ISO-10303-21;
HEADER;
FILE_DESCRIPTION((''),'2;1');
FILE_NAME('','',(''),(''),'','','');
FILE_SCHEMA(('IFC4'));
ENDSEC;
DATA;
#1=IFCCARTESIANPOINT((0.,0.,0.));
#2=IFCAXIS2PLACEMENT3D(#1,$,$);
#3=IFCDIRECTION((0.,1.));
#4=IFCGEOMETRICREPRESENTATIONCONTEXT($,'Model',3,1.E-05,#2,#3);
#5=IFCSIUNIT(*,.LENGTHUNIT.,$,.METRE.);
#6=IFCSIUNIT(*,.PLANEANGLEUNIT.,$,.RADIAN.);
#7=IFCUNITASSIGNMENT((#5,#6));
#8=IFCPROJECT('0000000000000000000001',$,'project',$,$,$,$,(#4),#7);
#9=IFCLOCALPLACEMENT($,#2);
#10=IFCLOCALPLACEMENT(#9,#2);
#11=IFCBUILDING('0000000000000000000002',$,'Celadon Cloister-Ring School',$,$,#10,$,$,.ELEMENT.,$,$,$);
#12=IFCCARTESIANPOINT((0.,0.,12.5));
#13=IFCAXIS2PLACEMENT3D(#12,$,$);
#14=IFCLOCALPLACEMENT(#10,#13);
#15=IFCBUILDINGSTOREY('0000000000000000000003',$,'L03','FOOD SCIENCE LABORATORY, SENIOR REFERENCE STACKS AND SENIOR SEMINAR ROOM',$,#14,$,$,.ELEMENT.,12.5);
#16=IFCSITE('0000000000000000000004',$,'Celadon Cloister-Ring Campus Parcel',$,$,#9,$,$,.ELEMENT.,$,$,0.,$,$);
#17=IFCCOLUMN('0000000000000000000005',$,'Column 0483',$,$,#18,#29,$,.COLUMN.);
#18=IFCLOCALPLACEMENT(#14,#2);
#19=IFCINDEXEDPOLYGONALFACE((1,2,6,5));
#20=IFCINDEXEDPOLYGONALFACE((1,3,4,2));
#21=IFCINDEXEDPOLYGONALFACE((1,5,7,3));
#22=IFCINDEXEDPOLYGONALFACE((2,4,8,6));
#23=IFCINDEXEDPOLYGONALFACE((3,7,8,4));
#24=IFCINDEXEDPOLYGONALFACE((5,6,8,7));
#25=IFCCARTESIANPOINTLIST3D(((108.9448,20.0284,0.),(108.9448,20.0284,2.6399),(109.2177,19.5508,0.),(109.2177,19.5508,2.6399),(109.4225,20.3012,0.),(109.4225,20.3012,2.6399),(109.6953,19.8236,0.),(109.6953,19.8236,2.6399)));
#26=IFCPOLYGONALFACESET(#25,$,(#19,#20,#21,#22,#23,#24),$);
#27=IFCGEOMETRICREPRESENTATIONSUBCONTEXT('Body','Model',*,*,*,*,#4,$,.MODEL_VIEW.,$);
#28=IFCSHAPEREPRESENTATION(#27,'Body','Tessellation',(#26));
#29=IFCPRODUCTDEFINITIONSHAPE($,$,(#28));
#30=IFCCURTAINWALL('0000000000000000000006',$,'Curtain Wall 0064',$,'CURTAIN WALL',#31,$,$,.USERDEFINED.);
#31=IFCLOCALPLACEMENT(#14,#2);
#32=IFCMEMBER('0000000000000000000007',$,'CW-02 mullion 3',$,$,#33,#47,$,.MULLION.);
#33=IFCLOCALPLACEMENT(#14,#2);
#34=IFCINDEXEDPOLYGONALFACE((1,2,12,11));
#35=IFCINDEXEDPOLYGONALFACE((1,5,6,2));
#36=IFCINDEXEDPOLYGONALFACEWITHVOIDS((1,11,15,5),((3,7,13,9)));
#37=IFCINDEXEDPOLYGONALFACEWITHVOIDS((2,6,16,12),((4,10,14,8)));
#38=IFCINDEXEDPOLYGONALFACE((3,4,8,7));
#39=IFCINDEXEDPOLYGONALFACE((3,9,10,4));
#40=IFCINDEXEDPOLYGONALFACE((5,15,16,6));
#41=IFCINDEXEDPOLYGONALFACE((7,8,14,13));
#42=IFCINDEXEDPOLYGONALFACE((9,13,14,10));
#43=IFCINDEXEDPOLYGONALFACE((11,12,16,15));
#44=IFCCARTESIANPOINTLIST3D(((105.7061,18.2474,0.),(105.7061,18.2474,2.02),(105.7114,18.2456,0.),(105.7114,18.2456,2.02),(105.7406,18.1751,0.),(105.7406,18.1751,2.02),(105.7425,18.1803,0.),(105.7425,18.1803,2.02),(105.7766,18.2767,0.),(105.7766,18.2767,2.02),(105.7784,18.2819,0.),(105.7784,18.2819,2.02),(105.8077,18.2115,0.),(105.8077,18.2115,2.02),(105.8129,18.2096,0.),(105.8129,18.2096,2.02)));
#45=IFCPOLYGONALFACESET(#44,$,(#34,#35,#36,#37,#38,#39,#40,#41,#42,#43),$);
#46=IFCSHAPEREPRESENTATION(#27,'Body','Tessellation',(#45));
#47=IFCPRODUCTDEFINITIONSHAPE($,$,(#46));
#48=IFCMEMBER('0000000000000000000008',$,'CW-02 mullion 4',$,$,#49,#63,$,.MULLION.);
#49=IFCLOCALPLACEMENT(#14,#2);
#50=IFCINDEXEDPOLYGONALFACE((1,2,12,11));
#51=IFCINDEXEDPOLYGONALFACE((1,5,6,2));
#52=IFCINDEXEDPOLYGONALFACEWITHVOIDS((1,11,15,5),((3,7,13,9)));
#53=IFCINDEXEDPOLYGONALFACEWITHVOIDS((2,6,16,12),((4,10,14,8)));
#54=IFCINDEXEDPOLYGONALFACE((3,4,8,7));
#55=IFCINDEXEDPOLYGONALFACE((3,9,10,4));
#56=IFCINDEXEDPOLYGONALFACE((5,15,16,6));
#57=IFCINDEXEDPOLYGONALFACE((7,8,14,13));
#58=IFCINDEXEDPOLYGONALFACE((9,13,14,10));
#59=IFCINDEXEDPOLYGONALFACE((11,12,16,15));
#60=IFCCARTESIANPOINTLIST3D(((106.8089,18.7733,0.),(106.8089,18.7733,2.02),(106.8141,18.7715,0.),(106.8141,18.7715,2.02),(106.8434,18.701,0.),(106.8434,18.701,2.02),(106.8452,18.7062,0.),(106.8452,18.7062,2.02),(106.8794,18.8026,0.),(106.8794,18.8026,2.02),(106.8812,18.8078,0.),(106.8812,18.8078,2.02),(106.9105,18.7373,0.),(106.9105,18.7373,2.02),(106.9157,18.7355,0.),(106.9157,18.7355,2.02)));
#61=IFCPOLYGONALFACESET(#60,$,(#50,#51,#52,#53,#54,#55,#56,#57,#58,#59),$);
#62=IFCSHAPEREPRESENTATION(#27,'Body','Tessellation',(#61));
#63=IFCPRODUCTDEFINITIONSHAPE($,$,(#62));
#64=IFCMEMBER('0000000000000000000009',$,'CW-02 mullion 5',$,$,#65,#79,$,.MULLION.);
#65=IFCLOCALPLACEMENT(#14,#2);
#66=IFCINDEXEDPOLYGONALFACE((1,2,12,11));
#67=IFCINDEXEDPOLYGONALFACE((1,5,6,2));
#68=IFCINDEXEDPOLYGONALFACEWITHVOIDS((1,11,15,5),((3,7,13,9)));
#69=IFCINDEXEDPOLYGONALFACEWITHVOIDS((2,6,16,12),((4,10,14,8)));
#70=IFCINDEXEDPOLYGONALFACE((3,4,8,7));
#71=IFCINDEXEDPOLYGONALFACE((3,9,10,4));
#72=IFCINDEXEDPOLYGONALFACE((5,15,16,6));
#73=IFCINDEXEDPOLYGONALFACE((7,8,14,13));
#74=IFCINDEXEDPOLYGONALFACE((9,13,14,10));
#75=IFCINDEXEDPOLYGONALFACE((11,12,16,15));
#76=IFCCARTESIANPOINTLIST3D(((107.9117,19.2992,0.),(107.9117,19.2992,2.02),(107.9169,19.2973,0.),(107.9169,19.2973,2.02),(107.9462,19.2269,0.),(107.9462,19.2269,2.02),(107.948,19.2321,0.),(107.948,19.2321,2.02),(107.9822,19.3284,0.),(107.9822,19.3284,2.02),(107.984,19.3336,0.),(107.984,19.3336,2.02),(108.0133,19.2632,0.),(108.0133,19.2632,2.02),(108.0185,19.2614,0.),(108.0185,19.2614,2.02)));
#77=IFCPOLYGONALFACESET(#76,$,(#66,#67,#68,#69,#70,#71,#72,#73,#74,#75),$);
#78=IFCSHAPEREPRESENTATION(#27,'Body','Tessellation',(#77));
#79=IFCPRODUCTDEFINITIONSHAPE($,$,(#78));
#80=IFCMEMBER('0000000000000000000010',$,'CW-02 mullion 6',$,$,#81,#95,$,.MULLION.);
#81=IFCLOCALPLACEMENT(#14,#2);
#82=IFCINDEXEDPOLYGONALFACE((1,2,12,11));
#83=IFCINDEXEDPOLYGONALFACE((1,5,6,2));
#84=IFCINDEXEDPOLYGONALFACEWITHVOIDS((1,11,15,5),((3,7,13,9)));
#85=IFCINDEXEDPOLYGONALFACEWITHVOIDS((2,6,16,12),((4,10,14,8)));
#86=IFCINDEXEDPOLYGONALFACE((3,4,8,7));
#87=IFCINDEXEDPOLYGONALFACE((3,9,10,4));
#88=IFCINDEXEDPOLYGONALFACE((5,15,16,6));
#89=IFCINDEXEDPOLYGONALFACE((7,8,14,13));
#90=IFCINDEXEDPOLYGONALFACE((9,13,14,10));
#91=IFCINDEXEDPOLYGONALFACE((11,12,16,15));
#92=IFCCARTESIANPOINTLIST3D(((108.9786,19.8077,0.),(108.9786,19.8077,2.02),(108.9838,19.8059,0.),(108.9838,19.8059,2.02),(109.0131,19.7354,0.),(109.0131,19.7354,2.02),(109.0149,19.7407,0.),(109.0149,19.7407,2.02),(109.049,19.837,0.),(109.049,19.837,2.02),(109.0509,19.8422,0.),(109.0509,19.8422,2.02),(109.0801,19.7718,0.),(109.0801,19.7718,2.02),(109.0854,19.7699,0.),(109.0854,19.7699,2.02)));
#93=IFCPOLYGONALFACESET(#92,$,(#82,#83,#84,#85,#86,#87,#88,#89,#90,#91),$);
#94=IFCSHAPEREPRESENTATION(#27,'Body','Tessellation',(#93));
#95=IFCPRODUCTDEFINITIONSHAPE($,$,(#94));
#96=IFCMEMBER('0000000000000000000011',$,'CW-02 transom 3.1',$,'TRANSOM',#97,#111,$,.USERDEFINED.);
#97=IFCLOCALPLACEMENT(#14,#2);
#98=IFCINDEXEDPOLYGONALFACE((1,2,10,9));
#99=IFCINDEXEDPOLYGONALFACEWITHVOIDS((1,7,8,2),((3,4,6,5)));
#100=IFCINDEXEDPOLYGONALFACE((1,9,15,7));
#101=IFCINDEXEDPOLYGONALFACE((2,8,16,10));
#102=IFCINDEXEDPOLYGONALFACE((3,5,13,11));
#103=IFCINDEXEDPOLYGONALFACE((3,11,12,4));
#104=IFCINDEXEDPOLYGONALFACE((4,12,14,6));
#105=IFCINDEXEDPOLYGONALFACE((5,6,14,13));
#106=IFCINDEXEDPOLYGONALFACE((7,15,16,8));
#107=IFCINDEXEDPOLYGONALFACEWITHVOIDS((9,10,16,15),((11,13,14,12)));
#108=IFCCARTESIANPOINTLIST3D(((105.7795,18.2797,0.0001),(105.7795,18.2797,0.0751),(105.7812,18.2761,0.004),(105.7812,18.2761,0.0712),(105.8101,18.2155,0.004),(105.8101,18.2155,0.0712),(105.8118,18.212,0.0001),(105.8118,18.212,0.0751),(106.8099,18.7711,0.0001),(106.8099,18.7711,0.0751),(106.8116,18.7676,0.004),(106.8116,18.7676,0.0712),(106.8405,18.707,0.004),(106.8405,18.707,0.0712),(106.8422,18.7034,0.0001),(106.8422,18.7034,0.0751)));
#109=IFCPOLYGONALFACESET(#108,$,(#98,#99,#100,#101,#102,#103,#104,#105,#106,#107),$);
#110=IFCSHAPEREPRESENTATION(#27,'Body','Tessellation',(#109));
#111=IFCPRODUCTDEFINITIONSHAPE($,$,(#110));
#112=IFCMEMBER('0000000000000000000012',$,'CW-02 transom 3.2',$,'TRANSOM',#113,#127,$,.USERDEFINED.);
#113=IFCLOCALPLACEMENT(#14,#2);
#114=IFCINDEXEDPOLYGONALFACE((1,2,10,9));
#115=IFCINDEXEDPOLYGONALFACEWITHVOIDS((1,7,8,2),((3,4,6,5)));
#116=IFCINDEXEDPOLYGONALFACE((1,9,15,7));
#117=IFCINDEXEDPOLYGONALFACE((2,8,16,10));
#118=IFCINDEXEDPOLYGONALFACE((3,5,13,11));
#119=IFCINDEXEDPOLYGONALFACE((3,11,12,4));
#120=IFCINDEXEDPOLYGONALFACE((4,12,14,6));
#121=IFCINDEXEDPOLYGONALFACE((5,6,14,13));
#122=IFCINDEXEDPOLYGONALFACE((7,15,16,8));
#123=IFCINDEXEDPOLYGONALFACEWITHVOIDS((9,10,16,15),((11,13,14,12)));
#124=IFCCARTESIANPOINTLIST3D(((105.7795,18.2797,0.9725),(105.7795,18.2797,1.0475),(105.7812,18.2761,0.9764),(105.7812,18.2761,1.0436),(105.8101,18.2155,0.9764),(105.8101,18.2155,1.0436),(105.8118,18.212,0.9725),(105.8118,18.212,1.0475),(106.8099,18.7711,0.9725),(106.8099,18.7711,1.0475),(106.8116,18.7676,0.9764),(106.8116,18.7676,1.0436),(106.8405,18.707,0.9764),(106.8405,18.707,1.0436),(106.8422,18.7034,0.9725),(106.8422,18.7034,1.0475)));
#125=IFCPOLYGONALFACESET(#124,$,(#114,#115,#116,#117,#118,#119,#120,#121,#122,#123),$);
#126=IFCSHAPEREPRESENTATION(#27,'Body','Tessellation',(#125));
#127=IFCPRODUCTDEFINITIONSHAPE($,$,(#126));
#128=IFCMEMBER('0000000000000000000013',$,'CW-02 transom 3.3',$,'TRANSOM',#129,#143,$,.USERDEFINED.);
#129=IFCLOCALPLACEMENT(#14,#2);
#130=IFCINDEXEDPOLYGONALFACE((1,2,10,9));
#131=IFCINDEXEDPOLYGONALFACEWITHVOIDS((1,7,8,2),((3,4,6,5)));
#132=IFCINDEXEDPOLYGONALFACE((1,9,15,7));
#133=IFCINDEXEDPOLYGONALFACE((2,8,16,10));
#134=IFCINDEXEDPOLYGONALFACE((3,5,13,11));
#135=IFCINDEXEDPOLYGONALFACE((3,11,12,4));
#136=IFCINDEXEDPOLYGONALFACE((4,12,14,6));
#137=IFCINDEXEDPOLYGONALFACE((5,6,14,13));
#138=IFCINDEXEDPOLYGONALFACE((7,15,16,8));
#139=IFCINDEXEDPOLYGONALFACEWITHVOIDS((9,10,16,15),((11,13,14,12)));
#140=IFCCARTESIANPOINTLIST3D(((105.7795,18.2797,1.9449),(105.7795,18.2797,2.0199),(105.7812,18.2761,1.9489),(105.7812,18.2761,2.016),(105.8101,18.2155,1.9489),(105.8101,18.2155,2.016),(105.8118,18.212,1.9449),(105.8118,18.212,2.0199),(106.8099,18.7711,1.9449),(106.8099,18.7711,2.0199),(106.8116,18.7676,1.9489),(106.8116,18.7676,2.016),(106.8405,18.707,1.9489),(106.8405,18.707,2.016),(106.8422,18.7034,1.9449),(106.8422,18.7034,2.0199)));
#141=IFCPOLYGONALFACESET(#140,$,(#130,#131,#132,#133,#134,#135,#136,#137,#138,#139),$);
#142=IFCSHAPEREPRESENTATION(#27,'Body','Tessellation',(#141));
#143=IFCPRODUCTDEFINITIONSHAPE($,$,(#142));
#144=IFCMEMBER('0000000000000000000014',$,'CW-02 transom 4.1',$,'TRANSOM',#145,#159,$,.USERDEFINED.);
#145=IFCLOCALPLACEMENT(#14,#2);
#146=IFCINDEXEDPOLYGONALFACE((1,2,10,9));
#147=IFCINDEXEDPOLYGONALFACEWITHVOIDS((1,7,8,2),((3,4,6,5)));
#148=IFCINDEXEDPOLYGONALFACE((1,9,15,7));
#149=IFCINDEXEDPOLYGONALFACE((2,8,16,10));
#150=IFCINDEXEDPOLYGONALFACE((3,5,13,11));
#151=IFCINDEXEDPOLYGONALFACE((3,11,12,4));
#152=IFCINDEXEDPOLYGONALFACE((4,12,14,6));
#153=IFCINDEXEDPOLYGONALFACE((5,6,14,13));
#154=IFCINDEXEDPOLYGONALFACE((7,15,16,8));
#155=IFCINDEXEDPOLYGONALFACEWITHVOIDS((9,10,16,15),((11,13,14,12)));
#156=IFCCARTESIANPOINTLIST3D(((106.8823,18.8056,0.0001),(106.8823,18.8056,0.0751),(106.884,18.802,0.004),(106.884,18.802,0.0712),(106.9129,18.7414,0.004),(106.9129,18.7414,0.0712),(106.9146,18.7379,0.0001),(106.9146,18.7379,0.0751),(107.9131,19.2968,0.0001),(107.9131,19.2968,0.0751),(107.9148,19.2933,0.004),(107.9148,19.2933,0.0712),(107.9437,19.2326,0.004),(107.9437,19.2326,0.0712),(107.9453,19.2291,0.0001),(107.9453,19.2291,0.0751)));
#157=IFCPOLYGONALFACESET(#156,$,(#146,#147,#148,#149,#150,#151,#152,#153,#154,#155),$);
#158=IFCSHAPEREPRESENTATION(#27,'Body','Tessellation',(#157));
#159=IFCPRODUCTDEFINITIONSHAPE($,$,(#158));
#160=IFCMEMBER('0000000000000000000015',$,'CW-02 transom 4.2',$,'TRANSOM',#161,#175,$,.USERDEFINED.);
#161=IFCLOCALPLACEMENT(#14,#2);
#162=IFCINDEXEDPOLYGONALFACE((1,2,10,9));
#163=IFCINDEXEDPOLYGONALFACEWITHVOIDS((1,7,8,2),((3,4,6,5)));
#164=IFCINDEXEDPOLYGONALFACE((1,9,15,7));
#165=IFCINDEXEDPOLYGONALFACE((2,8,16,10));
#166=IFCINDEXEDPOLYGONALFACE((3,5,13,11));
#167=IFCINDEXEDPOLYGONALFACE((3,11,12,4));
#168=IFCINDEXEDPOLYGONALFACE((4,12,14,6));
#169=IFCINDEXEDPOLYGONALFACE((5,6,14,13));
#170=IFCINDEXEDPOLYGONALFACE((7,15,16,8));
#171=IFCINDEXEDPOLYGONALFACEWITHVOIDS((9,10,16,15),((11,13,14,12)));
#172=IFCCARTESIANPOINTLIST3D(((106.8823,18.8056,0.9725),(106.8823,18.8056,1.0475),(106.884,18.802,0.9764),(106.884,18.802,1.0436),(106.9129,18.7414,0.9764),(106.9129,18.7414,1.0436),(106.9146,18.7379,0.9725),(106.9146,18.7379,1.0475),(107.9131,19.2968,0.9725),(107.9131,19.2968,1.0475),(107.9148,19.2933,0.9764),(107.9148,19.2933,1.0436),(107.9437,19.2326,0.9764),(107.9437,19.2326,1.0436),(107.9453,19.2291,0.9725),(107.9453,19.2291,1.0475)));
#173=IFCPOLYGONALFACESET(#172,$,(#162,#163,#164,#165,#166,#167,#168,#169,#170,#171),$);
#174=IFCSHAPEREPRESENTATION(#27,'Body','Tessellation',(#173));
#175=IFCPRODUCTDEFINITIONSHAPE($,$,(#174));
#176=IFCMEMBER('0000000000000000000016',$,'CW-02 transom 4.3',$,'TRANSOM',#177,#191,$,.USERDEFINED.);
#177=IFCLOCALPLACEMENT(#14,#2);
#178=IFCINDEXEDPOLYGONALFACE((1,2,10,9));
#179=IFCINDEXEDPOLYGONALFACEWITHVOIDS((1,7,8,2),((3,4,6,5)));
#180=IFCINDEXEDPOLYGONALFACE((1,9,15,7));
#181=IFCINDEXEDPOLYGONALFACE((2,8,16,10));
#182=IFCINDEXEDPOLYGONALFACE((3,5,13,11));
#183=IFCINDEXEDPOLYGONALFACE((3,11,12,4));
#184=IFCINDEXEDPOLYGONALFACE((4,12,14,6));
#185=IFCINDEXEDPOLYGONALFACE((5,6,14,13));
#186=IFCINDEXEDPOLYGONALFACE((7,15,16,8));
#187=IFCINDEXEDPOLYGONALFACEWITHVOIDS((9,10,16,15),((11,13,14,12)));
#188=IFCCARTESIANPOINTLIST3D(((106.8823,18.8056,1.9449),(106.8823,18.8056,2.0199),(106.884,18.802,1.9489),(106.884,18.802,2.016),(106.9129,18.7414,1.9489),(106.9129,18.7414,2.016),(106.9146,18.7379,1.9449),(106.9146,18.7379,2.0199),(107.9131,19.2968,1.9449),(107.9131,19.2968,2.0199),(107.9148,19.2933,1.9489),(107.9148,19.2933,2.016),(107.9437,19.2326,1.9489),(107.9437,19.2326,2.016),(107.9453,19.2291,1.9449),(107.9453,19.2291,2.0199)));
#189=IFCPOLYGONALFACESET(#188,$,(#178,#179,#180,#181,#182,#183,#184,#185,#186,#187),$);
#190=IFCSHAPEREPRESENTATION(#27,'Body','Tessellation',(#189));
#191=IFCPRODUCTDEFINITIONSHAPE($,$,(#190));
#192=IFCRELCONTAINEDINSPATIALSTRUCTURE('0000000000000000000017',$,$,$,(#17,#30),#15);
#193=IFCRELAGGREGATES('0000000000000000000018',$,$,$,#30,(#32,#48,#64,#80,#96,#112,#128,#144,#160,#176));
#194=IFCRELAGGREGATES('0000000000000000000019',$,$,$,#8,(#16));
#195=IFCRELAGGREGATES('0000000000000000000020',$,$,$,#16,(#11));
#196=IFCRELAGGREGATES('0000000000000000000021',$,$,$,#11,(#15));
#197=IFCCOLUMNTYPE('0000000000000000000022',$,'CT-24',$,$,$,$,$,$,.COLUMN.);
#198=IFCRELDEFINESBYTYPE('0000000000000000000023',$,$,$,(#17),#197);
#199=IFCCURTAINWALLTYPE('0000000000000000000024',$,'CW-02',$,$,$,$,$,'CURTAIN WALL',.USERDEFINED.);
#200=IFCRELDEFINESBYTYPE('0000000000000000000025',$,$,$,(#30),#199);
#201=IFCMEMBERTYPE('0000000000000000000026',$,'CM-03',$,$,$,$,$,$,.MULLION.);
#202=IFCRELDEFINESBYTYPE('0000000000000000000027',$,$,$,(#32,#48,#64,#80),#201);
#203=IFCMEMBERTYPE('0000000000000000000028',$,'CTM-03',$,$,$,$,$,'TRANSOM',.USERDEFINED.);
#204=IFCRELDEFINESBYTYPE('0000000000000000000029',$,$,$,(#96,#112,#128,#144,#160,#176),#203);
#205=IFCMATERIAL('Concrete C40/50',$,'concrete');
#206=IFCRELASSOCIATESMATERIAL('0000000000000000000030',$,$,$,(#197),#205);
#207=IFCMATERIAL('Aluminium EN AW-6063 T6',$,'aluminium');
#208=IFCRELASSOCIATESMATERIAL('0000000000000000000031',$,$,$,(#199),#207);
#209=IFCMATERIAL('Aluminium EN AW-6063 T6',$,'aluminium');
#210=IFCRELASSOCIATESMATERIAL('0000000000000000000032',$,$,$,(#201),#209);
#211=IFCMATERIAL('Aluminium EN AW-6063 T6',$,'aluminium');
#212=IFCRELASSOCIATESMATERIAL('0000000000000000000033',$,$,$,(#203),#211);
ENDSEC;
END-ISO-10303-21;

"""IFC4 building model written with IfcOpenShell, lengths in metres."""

from ifc_helpers import new_model, si_unit, direction, frame, origin, origin_2d, place, context, subcontext, project, spatial, rectangle, hollow_rectangle, extrude, material, material_profile, profile_set, type_object, element, aggregate, save


model = new_model("IFC4")

# Units and contexts
model_context = context("Model", 3, precision=1e-05, world=origin(), true_north=direction((0.0, 1.0)))
body_context = subcontext(model_context, "Body", "Model", "MODEL_VIEW")
ifc_project = project(units=[si_unit("LENGTHUNIT", "METRE"), si_unit("PLANEANGLEUNIT", "RADIAN")], contexts=[model_context])

# Site, building, storey
site_placement = place(None, origin())
site = spatial("IfcSite", under=ifc_project, at=site_placement, Name="Celadon Cloister-Ring Campus Parcel", CompositionType="ELEMENT", RefElevation=0.0)
building_placement = place(site_placement, origin())
building = spatial("IfcBuilding", under=site, at=building_placement, Name="Celadon Cloister-Ring School", CompositionType="ELEMENT")
storey_placement = place(building_placement, frame((0.0, 0.0, 12.5)))
storey = spatial("IfcBuildingStorey", under=building, at=storey_placement, Name="L03", Description="FOOD SCIENCE LABORATORY, SENIOR REFERENCE STACKS AND SENIOR SEMINAR ROOM", CompositionType="ELEMENT", Elevation=12.5)

# Column
ifc_material_1 = material(Name="Concrete C40/50", Category="concrete")
ifc_material_profile_1 = material_profile(ifc_material_1, rectangle(XDim=0.55, YDim=0.55, at=origin_2d()), Name="RC550X550")
ifc_profile_set_1 = profile_set([ifc_material_profile_1], Name="Concrete C40/50")
column_type = type_object("IfcColumnType", Name="CT-24", PredefinedType="COLUMN", material=ifc_profile_set_1)
column_placement = place(storey_placement, frame((109.3201, 19.926, 0.0), z_axis=(0.0, 0.0, 1.0), x_axis=(0.496004, -0.86832, 0.0)))
element("IfcColumn", 1, at=column_placement, inside=storey, type_object=column_type, Name="Column 0483", PredefinedType="COLUMN", context=body_context, shape_type="SweptSolid", body=[
    extrude(rectangle(XDim=0.55, YDim=0.55, at=origin_2d()), origin(), (0.0, 0.0, 1.0), 2.6399),
])

# Curtain wall, members
ifc_material_2 = material(Name="Aluminium EN AW-6063 T6", Category="aluminium")
curtain_wall_type = type_object("IfcCurtainWallType", Name="CW-02", ElementType="CURTAIN WALL", PredefinedType="USERDEFINED", material=ifc_material_2)
curtain_wall_placement = place(storey_placement, origin())
curtain_wall = element("IfcCurtainWall", 2, at=curtain_wall_placement, inside=storey, type_object=curtain_wall_type, Name="Curtain Wall 0064", ObjectType="CURTAIN WALL", PredefinedType="USERDEFINED")
ifc_material_3 = material(Name="Aluminium EN AW-6063 T6", Category="aluminium")
ifc_material_profile_2 = material_profile(ifc_material_3, hollow_rectangle(XDim=0.0801, YDim=0.0801, WallThickness=0.0039, at=origin_2d()), Name="RHS80X80X4")
ifc_profile_set_2 = profile_set([ifc_material_profile_2], Name="Aluminium EN AW-6063 T6")
member_type_1 = type_object("IfcMemberType", Name="CM-03", PredefinedType="MULLION", material=ifc_profile_set_2)
member_1_placement = place(storey_placement, frame((105.7595, 18.2285, 0.0), z_axis=(0.0, 0.0, 1.0), x_axis=(-0.430372, 0.902652, 0.0)))
member_1 = element("IfcMember", 3, at=member_1_placement, type_object=member_type_1, Name="CW-02 mullion 3", PredefinedType="MULLION", context=body_context, shape_type="SweptSolid", body=[
    extrude(hollow_rectangle(XDim=0.0801, YDim=0.0801, WallThickness=0.0039, at=origin_2d()), origin(), (0.0, 0.0, 1.0), 2.02),
])
member_2_placement = place(storey_placement, frame((106.8623, 18.7544, 0.0), z_axis=(0.0, 0.0, 1.0), x_axis=(-0.430372, 0.902652, 0.0)))
member_2 = element("IfcMember", 4, at=member_2_placement, type_object=member_type_1, Name="CW-02 mullion 4", PredefinedType="MULLION", context=body_context, shape_type="SweptSolid", body=[
    extrude(hollow_rectangle(XDim=0.0801, YDim=0.0801, WallThickness=0.0039, at=origin_2d()), origin(), (0.0, 0.0, 1.0), 2.02),
])
member_3_placement = place(storey_placement, frame((107.9651, 19.2803, 0.0), z_axis=(0.0, 0.0, 1.0), x_axis=(-0.430372, 0.902652, 0.0)))
member_3 = element("IfcMember", 5, at=member_3_placement, type_object=member_type_1, Name="CW-02 mullion 5", PredefinedType="MULLION", context=body_context, shape_type="SweptSolid", body=[
    extrude(hollow_rectangle(XDim=0.0801, YDim=0.0801, WallThickness=0.0039, at=origin_2d()), origin(), (0.0, 0.0, 1.0), 2.02),
])
member_4_placement = place(storey_placement, frame((109.032, 19.7888, 0.0), z_axis=(0.0, 0.0, 1.0), x_axis=(-0.430372, 0.902652, 0.0)))
member_4 = element("IfcMember", 6, at=member_4_placement, type_object=member_type_1, Name="CW-02 mullion 6", PredefinedType="MULLION", context=body_context, shape_type="SweptSolid", body=[
    extrude(hollow_rectangle(XDim=0.0801, YDim=0.0801, WallThickness=0.0039, at=origin_2d()), origin(), (0.0, 0.0, 1.0), 2.02),
])
ifc_material_4 = material(Name="Aluminium EN AW-6063 T6", Category="aluminium")
ifc_material_profile_3 = material_profile(ifc_material_4, hollow_rectangle(XDim=0.075, YDim=0.075, WallThickness=0.0039, at=origin_2d()), Name="RHS75X75X4")
ifc_profile_set_3 = profile_set([ifc_material_profile_3], Name="Aluminium EN AW-6063 T6")
member_type_2 = type_object("IfcMemberType", Name="CTM-03", ElementType="TRANSOM", PredefinedType="USERDEFINED", material=ifc_profile_set_3)
member_5_placement = place(storey_placement, frame((105.7957, 18.2458, 0.0376), z_axis=(0.902611, 0.430456, 0.0), x_axis=(-0.430456, 0.902611, 0.0)))
member_5 = element("IfcMember", 7, at=member_5_placement, type_object=member_type_2, Name="CW-02 transom 3.1", ObjectType="TRANSOM", PredefinedType="USERDEFINED", context=body_context, shape_type="SweptSolid", body=[
    extrude(hollow_rectangle(XDim=0.075, YDim=0.075, WallThickness=0.0039, at=origin_2d()), origin(), (0.0, 0.0, 1.0), 1.1416),
])
member_6_placement = place(storey_placement, frame((105.7957, 18.2458, 1.01), z_axis=(0.902611, 0.430456, 0.0), x_axis=(-0.430456, 0.902611, 0.0)))
member_6 = element("IfcMember", 8, at=member_6_placement, type_object=member_type_2, Name="CW-02 transom 3.2", ObjectType="TRANSOM", PredefinedType="USERDEFINED", context=body_context, shape_type="SweptSolid", body=[
    extrude(hollow_rectangle(XDim=0.075, YDim=0.075, WallThickness=0.0039, at=origin_2d()), origin(), (0.0, 0.0, 1.0), 1.1416),
])
member_7_placement = place(storey_placement, frame((105.7957, 18.2458, 1.9824), z_axis=(0.902611, 0.430456, 0.0), x_axis=(-0.430456, 0.902611, 0.0)))
member_7 = element("IfcMember", 9, at=member_7_placement, type_object=member_type_2, Name="CW-02 transom 3.3", ObjectType="TRANSOM", PredefinedType="USERDEFINED", context=body_context, shape_type="SweptSolid", body=[
    extrude(hollow_rectangle(XDim=0.075, YDim=0.075, WallThickness=0.0039, at=origin_2d()), origin(), (0.0, 0.0, 1.0), 1.1416),
])
member_8_placement = place(storey_placement, frame((106.8984, 18.7717, 0.0376), z_axis=(0.902734, 0.430199, 0.0), x_axis=(-0.430199, 0.902734, 0.0)))
member_8 = element("IfcMember", 10, at=member_8_placement, type_object=member_type_2, Name="CW-02 transom 4.1", ObjectType="TRANSOM", PredefinedType="USERDEFINED", context=body_context, shape_type="SweptSolid", body=[
    extrude(hollow_rectangle(XDim=0.075, YDim=0.075, WallThickness=0.0039, at=origin_2d()), origin(), (0.0, 0.0, 1.0), 1.1418),
])
member_9_placement = place(storey_placement, frame((106.8984, 18.7717, 1.01), z_axis=(0.902734, 0.430199, 0.0), x_axis=(-0.430199, 0.902734, 0.0)))
member_9 = element("IfcMember", 11, at=member_9_placement, type_object=member_type_2, Name="CW-02 transom 4.2", ObjectType="TRANSOM", PredefinedType="USERDEFINED", context=body_context, shape_type="SweptSolid", body=[
    extrude(hollow_rectangle(XDim=0.075, YDim=0.075, WallThickness=0.0039, at=origin_2d()), origin(), (0.0, 0.0, 1.0), 1.1418),
])
member_10_placement = place(storey_placement, frame((106.8984, 18.7717, 1.9824), z_axis=(0.902734, 0.430199, 0.0), x_axis=(-0.430199, 0.902734, 0.0)))
member_10 = element("IfcMember", 12, at=member_10_placement, type_object=member_type_2, Name="CW-02 transom 4.3", ObjectType="TRANSOM", PredefinedType="USERDEFINED", context=body_context, shape_type="SweptSolid", body=[
    extrude(hollow_rectangle(XDim=0.075, YDim=0.075, WallThickness=0.0039, at=origin_2d()), origin(), (0.0, 0.0, 1.0), 1.1418),
])

aggregate(curtain_wall, [member_1, member_2, member_3, member_4, member_5, member_6, member_7, member_8, member_9, member_10])

save(model, "model.ifc")
